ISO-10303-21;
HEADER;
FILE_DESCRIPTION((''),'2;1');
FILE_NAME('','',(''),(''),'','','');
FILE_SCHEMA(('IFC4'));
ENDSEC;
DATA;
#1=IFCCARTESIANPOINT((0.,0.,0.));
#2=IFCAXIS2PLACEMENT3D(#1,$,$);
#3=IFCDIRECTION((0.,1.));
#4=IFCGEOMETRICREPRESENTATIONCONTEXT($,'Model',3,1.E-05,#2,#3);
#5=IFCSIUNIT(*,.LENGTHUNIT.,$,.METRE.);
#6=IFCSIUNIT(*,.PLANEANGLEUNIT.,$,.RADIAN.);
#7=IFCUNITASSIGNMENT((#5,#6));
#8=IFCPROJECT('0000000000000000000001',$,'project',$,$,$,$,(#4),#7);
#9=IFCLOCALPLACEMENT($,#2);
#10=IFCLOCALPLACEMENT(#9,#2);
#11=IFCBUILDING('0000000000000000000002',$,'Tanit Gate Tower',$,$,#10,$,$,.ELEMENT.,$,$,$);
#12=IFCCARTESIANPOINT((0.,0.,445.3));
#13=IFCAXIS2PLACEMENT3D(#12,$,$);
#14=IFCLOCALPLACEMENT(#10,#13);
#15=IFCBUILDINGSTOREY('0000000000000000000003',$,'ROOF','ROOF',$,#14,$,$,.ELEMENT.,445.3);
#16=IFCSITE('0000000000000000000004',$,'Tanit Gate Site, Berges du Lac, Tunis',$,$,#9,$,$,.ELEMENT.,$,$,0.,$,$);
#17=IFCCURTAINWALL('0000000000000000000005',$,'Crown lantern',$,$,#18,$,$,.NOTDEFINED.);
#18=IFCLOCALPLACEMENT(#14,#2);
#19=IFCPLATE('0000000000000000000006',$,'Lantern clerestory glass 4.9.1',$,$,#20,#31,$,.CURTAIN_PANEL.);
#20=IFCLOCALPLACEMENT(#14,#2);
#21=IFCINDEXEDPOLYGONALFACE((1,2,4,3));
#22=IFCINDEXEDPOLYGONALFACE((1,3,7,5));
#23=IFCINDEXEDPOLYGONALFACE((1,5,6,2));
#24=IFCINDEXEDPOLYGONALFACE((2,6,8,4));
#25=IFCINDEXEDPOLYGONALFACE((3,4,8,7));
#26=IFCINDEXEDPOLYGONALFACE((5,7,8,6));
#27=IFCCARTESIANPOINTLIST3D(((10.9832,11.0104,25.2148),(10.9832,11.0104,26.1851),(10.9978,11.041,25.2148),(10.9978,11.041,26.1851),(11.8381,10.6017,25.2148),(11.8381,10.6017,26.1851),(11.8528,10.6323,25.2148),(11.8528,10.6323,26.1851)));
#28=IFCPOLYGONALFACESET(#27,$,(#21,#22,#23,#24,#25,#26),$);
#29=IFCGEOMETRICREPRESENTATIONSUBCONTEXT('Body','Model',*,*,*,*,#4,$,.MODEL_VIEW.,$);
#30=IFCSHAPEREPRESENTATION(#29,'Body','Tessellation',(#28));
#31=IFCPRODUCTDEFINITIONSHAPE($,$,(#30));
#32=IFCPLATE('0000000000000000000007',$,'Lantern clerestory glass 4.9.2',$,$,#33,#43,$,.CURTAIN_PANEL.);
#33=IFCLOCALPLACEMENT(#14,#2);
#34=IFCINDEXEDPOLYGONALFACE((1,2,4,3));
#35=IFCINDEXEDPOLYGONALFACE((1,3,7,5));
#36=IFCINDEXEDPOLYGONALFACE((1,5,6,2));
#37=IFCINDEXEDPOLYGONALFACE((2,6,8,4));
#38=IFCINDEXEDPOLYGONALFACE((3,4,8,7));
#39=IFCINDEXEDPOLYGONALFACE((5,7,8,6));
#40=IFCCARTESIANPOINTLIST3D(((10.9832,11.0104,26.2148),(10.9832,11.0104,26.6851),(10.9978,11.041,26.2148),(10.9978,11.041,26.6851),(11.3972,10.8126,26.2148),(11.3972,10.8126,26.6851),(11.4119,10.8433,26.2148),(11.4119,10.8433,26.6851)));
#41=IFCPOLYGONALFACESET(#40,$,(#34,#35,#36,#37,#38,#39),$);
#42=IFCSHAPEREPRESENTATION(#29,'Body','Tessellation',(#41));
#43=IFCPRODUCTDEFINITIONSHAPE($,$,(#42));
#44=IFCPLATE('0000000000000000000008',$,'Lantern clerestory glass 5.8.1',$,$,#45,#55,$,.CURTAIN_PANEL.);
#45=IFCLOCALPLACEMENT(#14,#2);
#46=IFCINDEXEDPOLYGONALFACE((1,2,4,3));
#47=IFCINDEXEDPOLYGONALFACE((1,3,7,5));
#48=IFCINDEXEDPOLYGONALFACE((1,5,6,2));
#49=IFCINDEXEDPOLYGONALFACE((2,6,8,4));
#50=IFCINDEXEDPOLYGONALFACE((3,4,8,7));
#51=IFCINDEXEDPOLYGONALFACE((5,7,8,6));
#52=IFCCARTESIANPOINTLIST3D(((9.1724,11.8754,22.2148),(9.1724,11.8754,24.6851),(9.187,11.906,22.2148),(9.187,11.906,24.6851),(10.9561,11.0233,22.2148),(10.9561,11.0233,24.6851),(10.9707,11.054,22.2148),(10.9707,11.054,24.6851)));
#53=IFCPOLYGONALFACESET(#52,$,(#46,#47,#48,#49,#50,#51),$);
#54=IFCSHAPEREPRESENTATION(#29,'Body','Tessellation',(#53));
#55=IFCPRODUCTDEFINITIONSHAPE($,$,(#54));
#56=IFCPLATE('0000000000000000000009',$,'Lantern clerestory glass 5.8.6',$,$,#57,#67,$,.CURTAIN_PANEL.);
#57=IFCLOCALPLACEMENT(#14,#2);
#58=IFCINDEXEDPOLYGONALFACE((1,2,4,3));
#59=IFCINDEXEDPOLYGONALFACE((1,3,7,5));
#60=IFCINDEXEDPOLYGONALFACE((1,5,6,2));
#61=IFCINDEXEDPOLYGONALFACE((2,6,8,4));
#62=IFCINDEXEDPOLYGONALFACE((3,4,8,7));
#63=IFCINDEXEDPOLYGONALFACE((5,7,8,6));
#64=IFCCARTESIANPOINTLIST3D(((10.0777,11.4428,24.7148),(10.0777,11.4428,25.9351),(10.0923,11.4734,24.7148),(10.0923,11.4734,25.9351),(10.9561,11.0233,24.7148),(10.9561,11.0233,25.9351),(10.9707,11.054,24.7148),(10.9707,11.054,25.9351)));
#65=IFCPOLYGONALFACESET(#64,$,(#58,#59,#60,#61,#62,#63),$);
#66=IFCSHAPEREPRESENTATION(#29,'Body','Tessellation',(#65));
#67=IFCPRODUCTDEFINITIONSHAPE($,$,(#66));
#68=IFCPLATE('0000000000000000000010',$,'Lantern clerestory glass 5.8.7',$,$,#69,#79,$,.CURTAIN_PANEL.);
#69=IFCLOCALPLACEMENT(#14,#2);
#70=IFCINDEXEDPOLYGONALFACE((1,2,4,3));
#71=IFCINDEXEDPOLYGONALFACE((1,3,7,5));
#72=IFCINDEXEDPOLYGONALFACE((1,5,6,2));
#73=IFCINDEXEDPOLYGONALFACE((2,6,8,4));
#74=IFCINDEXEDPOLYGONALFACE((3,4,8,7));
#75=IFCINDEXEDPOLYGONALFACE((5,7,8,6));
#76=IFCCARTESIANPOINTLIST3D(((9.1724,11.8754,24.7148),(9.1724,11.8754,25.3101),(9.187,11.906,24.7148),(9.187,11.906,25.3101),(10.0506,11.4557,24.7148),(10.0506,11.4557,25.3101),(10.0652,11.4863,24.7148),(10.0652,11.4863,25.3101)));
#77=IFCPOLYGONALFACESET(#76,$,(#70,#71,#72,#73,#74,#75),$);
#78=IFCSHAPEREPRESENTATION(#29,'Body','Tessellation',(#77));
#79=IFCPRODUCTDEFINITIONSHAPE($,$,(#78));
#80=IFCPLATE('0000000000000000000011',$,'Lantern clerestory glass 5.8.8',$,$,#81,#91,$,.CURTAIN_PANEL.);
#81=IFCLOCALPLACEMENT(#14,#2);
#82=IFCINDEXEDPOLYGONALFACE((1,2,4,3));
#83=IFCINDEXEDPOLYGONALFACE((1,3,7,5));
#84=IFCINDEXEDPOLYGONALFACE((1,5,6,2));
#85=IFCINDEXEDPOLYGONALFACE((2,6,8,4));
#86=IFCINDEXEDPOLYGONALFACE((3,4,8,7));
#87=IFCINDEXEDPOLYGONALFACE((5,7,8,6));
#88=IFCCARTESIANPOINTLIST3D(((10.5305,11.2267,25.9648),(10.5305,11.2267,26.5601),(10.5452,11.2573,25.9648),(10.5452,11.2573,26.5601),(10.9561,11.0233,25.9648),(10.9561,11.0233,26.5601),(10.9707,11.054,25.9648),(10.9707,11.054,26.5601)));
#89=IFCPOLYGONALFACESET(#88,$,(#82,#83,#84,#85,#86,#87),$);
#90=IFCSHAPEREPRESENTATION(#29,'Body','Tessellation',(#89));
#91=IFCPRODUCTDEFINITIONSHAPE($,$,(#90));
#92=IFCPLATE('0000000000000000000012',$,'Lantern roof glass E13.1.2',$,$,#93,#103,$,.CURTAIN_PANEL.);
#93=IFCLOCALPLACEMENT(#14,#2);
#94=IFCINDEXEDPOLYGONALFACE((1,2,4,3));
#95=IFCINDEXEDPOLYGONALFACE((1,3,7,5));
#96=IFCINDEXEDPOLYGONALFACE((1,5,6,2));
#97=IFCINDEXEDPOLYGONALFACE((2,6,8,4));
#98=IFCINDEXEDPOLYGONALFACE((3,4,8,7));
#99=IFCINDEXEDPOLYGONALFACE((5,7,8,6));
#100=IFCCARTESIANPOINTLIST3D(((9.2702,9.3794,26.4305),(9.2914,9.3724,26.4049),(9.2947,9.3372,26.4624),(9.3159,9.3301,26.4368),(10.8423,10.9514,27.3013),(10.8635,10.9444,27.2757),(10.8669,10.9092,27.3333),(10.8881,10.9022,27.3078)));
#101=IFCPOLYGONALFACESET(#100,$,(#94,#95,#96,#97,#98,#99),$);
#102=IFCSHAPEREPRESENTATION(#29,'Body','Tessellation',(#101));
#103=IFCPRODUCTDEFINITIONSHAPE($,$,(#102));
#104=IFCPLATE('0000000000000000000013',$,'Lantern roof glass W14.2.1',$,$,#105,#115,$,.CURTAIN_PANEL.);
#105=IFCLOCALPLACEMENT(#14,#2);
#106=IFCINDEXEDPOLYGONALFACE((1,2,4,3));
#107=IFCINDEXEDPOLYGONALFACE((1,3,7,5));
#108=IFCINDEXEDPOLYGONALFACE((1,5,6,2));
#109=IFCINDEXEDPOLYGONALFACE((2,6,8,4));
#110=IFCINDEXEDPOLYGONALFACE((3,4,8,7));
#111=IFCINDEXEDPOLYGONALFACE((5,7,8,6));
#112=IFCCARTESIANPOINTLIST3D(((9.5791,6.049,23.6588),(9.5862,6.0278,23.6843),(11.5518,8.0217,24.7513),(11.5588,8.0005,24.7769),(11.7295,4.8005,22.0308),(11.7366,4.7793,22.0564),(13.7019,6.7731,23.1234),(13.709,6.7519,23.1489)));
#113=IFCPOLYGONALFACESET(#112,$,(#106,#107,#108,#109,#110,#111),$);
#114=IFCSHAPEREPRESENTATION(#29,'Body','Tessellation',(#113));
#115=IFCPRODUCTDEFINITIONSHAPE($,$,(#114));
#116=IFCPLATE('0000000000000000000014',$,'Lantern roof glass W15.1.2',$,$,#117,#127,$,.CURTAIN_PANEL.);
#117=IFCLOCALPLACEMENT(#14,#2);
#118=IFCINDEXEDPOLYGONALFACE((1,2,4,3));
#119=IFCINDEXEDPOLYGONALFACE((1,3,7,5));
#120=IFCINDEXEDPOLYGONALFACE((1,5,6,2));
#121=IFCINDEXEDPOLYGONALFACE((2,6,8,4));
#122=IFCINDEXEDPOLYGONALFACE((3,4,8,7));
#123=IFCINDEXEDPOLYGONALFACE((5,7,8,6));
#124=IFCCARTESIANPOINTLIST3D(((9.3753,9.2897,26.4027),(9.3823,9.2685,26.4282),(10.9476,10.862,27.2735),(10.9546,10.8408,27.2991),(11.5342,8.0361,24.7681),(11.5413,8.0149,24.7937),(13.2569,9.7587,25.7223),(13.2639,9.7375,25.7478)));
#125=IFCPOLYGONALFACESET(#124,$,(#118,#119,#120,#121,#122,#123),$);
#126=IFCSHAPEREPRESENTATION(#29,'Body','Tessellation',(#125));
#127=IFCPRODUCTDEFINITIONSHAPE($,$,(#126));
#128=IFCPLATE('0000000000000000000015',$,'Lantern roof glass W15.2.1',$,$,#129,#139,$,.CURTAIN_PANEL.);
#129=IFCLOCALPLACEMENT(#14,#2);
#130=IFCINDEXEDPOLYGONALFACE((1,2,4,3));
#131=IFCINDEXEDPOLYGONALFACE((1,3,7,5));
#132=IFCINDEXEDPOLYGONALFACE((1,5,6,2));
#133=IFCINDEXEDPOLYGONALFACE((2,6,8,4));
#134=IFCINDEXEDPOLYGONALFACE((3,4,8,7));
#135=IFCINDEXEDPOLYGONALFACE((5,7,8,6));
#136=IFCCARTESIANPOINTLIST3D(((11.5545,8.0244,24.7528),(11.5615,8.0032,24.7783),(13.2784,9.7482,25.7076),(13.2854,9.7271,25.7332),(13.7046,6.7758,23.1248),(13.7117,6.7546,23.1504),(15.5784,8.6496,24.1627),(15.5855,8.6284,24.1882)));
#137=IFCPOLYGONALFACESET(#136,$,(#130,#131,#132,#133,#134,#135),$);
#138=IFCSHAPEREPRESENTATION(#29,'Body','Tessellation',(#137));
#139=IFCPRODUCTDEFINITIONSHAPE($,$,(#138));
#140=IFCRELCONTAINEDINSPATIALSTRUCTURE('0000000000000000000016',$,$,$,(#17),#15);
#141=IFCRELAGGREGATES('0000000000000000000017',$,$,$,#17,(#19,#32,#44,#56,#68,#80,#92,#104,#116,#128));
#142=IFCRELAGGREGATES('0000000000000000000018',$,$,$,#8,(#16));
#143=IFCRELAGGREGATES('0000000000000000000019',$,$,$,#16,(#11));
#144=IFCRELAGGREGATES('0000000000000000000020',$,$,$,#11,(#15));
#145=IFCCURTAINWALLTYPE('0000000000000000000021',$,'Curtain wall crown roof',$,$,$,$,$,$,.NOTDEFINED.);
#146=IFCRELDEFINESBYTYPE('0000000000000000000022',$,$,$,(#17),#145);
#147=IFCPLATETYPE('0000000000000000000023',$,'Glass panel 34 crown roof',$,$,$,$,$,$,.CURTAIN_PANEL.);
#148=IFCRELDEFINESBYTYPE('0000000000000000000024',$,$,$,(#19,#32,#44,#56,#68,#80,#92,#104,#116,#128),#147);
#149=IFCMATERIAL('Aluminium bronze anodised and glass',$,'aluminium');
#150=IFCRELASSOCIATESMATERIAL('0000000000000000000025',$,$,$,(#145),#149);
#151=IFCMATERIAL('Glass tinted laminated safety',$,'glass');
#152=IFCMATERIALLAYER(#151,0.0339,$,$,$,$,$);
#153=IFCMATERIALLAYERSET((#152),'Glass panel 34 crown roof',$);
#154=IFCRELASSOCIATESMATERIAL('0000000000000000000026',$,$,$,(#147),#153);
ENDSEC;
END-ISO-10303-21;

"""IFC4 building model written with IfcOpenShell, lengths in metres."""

from ifc_helpers import new_model, si_unit, direction, frame, origin, place, context, subcontext, project, spatial, polyline, outline, extrude, material, layer, layer_set, type_object, element, aggregate, save


model = new_model("IFC4")

# Units and contexts
model_context = context("Model", 3, precision=1e-05, world=origin(), true_north=direction((0.0, 1.0)))
body_context = subcontext(model_context, "Body", "Model", "MODEL_VIEW")
ifc_project = project(units=[si_unit("LENGTHUNIT", "METRE"), si_unit("PLANEANGLEUNIT", "RADIAN")], contexts=[model_context])

# Site, building, storey
site_placement = place(None, origin())
site = spatial("IfcSite", under=ifc_project, at=site_placement, Name="Tanit Gate Site, Berges du Lac, Tunis", CompositionType="ELEMENT", RefElevation=0.0)
building_placement = place(site_placement, origin())
building = spatial("IfcBuilding", under=site, at=building_placement, Name="Tanit Gate Tower", CompositionType="ELEMENT")
storey_placement = place(building_placement, frame((0.0, 0.0, 445.3)))
storey = spatial("IfcBuildingStorey", under=building, at=storey_placement, Name="ROOF", Description="ROOF", CompositionType="ELEMENT", Elevation=445.3)

# Curtain wall, plates
ifc_material_1 = material(Name="Aluminium bronze anodised and glass", Category="aluminium")
curtain_wall_type = type_object("IfcCurtainWallType", Name="Curtain wall crown roof", PredefinedType="NOTDEFINED", material=ifc_material_1)
curtain_wall_placement = place(storey_placement, origin())
curtain_wall = element("IfcCurtainWall", 1, at=curtain_wall_placement, inside=storey, type_object=curtain_wall_type, Name="Crown lantern", PredefinedType="NOTDEFINED")
ifc_material_2 = material(Name="Glass tinted laminated safety", Category="glass")
ifc_layer = layer(ifc_material_2, 0.0339)
ifc_layer_set = layer_set([ifc_layer], Name="Glass panel 34 crown roof")
plate_type = type_object("IfcPlateType", Name="Glass panel 34 crown roof", PredefinedType="CURTAIN_PANEL", material=ifc_layer_set)
plate_1_placement = place(storey_placement, frame((11.8528, 10.6323, 25.2148), z_axis=(0.431273, 0.902221, 0.0), x_axis=(-0.902221, 0.431273, 0.0)))
plate_1 = element("IfcPlate", 2, at=plate_1_placement, type_object=plate_type, Name="Lantern clerestory glass 4.9.1", PredefinedType="CURTAIN_PANEL", context=body_context, shape_type="SweptSolid", body=[
    extrude(outline(polyline([(0.0, 0.0), (0.9476, 0.0), (0.9476, 0.9702), (0.0, 0.9702), (0.0, 0.0)])), origin(), (0.0, 0.0, -1.0), 0.0339),
])
plate_2_placement = place(storey_placement, frame((11.4119, 10.8433, 26.2148), z_axis=(0.430966, 0.902368, 0.0), x_axis=(-0.902368, 0.430966, 0.0)))
plate_2 = element("IfcPlate", 3, at=plate_2_placement, type_object=plate_type, Name="Lantern clerestory glass 4.9.2", PredefinedType="CURTAIN_PANEL", context=body_context, shape_type="SweptSolid", body=[
    extrude(outline(polyline([(0.0, 0.0), (0.4589, 0.0), (0.4589, 0.4702), (0.0, 0.4702), (0.0, 0.0)])), origin(), (0.0, 0.0, -1.0), 0.0339),
])
plate_3_placement = place(storey_placement, frame((10.9707, 11.054, 22.2148), z_axis=(0.431036, 0.902335, 0.0), x_axis=(-0.902335, 0.431036, 0.0)))
plate_3 = element("IfcPlate", 4, at=plate_3_placement, type_object=plate_type, Name="Lantern clerestory glass 5.8.1", PredefinedType="CURTAIN_PANEL", context=body_context, shape_type="SweptSolid", body=[
    extrude(outline(polyline([(0.0, 0.0), (1.9768, 0.0), (1.9768, 2.4702), (0.0, 2.4702), (0.0, 0.0)])), origin(), (0.0, 0.0, -1.0), 0.0339),
])
plate_4_placement = place(storey_placement, frame((10.9707, 11.054, 24.7148), z_axis=(0.430887, 0.902406, 0.0), x_axis=(-0.902406, 0.430887, 0.0)))
plate_4 = element("IfcPlate", 5, at=plate_4_placement, type_object=plate_type, Name="Lantern clerestory glass 5.8.6", PredefinedType="CURTAIN_PANEL", context=body_context, shape_type="SweptSolid", body=[
    extrude(outline(polyline([(0.0, 0.0), (0.9734, 0.0), (0.9734, 1.2202), (0.0, 1.2202), (0.0, 0.0)])), origin(), (0.0, 0.0, -1.0), 0.0339),
])
plate_5_placement = place(storey_placement, frame((10.0652, 11.4863, 24.7148), z_axis=(0.431189, 0.902262, 0.0), x_axis=(-0.902262, 0.431189, 0.0)))
plate_5 = element("IfcPlate", 6, at=plate_5_placement, type_object=plate_type, Name="Lantern clerestory glass 5.8.7", PredefinedType="CURTAIN_PANEL", context=body_context, shape_type="SweptSolid", body=[
    extrude(outline(polyline([(0.0, 0.0), (0.9733, 0.0), (0.9733, 0.5952), (0.0, 0.5952), (0.0, 0.0)])), origin(), (0.0, 0.0, -1.0), 0.0339),
])
plate_6_placement = place(storey_placement, frame((10.9707, 11.054, 25.9648), z_axis=(0.431199, 0.902257, 0.0), x_axis=(-0.902257, 0.431199, 0.0)))
plate_6 = element("IfcPlate", 7, at=plate_6_placement, type_object=plate_type, Name="Lantern clerestory glass 5.8.8", PredefinedType="CURTAIN_PANEL", context=body_context, shape_type="SweptSolid", body=[
    extrude(outline(polyline([(0.0, 0.0), (0.4716, 0.0), (0.4716, 0.5952), (0.0, 0.5952), (0.0, 0.0)])), origin(), (0.0, 0.0, -1.0), 0.0339),
])
plate_7_placement = place(storey_placement, frame((10.8423, 10.9514, 27.3013), z_axis=(-0.624489, 0.207404, 0.752992), x_axis=(-0.658416, -0.65839, -0.364706)))
plate_7 = element("IfcPlate", 8, at=plate_7_placement, type_object=plate_type, Name="Lantern roof glass E13.1.2", PredefinedType="CURTAIN_PANEL", context=body_context, shape_type="SweptSolid", body=[
    extrude(outline(polyline([(0.0, 0.0), (2.3877, 0.0), (2.3877, 0.0583), (-0.0001, 0.0584), (0.0, 0.0)])), origin(), (0.0, 0.0, -1.0), 0.0339),
])
plate_8_placement = place(storey_placement, frame((11.7366, 4.7793, 22.0564), z_axis=(0.207467, -0.624482, 0.75298), x_axis=(0.658373, 0.658447, 0.364681)))
plate_8 = element("IfcPlate", 9, at=plate_8_placement, type_object=plate_type, Name="Lantern roof glass W14.2.1", PredefinedType="CURTAIN_PANEL", context=body_context, shape_type="SweptSolid", body=[
    extrude(outline(polyline([(0.0, 0.0), (2.9959, 0.0), (2.9961, 2.9719), (0.0, 2.9721), (0.0, 0.0)])), origin(), (0.0, 0.0, -1.0), 0.0339),
])
plate_9_placement = place(storey_placement, frame((11.5413, 8.0149, 24.7937), z_axis=(0.207447, -0.624495, 0.752975), x_axis=(0.658416, 0.65841, 0.364671)))
plate_9 = element("IfcPlate", 10, at=plate_9_placement, type_object=plate_type, Name="Lantern roof glass W15.1.2", PredefinedType="CURTAIN_PANEL", context=body_context, shape_type="SweptSolid", body=[
    extrude(outline(polyline([(0.0, 0.0), (2.6164, 0.0), (2.388, 2.984), (0.0, 2.984), (0.0, 0.0)])), origin(), (0.0, 0.0, -1.0), 0.0339),
])
plate_10_placement = place(storey_placement, frame((13.7117, 6.7546, 23.1504), z_axis=(0.207455, -0.624507, 0.752963), x_axis=(0.658411, 0.658409, 0.36468)))
plate_10 = element("IfcPlate", 11, at=plate_10_placement, type_object=plate_type, Name="Lantern roof glass W15.2.1", PredefinedType="CURTAIN_PANEL", context=body_context, shape_type="SweptSolid", body=[
    extrude(outline(polyline([(0.0, 0.0), (2.8459, 0.0), (2.6183, 2.9719), (0.0, 2.9719), (0.0, 0.0)])), origin(), (0.0, 0.0, -1.0), 0.0339),
])
aggregate(curtain_wall, [plate_1, plate_2, plate_3, plate_4, plate_5, plate_6, plate_7, plate_8, plate_9, plate_10])

save(model, "model.ifc")
